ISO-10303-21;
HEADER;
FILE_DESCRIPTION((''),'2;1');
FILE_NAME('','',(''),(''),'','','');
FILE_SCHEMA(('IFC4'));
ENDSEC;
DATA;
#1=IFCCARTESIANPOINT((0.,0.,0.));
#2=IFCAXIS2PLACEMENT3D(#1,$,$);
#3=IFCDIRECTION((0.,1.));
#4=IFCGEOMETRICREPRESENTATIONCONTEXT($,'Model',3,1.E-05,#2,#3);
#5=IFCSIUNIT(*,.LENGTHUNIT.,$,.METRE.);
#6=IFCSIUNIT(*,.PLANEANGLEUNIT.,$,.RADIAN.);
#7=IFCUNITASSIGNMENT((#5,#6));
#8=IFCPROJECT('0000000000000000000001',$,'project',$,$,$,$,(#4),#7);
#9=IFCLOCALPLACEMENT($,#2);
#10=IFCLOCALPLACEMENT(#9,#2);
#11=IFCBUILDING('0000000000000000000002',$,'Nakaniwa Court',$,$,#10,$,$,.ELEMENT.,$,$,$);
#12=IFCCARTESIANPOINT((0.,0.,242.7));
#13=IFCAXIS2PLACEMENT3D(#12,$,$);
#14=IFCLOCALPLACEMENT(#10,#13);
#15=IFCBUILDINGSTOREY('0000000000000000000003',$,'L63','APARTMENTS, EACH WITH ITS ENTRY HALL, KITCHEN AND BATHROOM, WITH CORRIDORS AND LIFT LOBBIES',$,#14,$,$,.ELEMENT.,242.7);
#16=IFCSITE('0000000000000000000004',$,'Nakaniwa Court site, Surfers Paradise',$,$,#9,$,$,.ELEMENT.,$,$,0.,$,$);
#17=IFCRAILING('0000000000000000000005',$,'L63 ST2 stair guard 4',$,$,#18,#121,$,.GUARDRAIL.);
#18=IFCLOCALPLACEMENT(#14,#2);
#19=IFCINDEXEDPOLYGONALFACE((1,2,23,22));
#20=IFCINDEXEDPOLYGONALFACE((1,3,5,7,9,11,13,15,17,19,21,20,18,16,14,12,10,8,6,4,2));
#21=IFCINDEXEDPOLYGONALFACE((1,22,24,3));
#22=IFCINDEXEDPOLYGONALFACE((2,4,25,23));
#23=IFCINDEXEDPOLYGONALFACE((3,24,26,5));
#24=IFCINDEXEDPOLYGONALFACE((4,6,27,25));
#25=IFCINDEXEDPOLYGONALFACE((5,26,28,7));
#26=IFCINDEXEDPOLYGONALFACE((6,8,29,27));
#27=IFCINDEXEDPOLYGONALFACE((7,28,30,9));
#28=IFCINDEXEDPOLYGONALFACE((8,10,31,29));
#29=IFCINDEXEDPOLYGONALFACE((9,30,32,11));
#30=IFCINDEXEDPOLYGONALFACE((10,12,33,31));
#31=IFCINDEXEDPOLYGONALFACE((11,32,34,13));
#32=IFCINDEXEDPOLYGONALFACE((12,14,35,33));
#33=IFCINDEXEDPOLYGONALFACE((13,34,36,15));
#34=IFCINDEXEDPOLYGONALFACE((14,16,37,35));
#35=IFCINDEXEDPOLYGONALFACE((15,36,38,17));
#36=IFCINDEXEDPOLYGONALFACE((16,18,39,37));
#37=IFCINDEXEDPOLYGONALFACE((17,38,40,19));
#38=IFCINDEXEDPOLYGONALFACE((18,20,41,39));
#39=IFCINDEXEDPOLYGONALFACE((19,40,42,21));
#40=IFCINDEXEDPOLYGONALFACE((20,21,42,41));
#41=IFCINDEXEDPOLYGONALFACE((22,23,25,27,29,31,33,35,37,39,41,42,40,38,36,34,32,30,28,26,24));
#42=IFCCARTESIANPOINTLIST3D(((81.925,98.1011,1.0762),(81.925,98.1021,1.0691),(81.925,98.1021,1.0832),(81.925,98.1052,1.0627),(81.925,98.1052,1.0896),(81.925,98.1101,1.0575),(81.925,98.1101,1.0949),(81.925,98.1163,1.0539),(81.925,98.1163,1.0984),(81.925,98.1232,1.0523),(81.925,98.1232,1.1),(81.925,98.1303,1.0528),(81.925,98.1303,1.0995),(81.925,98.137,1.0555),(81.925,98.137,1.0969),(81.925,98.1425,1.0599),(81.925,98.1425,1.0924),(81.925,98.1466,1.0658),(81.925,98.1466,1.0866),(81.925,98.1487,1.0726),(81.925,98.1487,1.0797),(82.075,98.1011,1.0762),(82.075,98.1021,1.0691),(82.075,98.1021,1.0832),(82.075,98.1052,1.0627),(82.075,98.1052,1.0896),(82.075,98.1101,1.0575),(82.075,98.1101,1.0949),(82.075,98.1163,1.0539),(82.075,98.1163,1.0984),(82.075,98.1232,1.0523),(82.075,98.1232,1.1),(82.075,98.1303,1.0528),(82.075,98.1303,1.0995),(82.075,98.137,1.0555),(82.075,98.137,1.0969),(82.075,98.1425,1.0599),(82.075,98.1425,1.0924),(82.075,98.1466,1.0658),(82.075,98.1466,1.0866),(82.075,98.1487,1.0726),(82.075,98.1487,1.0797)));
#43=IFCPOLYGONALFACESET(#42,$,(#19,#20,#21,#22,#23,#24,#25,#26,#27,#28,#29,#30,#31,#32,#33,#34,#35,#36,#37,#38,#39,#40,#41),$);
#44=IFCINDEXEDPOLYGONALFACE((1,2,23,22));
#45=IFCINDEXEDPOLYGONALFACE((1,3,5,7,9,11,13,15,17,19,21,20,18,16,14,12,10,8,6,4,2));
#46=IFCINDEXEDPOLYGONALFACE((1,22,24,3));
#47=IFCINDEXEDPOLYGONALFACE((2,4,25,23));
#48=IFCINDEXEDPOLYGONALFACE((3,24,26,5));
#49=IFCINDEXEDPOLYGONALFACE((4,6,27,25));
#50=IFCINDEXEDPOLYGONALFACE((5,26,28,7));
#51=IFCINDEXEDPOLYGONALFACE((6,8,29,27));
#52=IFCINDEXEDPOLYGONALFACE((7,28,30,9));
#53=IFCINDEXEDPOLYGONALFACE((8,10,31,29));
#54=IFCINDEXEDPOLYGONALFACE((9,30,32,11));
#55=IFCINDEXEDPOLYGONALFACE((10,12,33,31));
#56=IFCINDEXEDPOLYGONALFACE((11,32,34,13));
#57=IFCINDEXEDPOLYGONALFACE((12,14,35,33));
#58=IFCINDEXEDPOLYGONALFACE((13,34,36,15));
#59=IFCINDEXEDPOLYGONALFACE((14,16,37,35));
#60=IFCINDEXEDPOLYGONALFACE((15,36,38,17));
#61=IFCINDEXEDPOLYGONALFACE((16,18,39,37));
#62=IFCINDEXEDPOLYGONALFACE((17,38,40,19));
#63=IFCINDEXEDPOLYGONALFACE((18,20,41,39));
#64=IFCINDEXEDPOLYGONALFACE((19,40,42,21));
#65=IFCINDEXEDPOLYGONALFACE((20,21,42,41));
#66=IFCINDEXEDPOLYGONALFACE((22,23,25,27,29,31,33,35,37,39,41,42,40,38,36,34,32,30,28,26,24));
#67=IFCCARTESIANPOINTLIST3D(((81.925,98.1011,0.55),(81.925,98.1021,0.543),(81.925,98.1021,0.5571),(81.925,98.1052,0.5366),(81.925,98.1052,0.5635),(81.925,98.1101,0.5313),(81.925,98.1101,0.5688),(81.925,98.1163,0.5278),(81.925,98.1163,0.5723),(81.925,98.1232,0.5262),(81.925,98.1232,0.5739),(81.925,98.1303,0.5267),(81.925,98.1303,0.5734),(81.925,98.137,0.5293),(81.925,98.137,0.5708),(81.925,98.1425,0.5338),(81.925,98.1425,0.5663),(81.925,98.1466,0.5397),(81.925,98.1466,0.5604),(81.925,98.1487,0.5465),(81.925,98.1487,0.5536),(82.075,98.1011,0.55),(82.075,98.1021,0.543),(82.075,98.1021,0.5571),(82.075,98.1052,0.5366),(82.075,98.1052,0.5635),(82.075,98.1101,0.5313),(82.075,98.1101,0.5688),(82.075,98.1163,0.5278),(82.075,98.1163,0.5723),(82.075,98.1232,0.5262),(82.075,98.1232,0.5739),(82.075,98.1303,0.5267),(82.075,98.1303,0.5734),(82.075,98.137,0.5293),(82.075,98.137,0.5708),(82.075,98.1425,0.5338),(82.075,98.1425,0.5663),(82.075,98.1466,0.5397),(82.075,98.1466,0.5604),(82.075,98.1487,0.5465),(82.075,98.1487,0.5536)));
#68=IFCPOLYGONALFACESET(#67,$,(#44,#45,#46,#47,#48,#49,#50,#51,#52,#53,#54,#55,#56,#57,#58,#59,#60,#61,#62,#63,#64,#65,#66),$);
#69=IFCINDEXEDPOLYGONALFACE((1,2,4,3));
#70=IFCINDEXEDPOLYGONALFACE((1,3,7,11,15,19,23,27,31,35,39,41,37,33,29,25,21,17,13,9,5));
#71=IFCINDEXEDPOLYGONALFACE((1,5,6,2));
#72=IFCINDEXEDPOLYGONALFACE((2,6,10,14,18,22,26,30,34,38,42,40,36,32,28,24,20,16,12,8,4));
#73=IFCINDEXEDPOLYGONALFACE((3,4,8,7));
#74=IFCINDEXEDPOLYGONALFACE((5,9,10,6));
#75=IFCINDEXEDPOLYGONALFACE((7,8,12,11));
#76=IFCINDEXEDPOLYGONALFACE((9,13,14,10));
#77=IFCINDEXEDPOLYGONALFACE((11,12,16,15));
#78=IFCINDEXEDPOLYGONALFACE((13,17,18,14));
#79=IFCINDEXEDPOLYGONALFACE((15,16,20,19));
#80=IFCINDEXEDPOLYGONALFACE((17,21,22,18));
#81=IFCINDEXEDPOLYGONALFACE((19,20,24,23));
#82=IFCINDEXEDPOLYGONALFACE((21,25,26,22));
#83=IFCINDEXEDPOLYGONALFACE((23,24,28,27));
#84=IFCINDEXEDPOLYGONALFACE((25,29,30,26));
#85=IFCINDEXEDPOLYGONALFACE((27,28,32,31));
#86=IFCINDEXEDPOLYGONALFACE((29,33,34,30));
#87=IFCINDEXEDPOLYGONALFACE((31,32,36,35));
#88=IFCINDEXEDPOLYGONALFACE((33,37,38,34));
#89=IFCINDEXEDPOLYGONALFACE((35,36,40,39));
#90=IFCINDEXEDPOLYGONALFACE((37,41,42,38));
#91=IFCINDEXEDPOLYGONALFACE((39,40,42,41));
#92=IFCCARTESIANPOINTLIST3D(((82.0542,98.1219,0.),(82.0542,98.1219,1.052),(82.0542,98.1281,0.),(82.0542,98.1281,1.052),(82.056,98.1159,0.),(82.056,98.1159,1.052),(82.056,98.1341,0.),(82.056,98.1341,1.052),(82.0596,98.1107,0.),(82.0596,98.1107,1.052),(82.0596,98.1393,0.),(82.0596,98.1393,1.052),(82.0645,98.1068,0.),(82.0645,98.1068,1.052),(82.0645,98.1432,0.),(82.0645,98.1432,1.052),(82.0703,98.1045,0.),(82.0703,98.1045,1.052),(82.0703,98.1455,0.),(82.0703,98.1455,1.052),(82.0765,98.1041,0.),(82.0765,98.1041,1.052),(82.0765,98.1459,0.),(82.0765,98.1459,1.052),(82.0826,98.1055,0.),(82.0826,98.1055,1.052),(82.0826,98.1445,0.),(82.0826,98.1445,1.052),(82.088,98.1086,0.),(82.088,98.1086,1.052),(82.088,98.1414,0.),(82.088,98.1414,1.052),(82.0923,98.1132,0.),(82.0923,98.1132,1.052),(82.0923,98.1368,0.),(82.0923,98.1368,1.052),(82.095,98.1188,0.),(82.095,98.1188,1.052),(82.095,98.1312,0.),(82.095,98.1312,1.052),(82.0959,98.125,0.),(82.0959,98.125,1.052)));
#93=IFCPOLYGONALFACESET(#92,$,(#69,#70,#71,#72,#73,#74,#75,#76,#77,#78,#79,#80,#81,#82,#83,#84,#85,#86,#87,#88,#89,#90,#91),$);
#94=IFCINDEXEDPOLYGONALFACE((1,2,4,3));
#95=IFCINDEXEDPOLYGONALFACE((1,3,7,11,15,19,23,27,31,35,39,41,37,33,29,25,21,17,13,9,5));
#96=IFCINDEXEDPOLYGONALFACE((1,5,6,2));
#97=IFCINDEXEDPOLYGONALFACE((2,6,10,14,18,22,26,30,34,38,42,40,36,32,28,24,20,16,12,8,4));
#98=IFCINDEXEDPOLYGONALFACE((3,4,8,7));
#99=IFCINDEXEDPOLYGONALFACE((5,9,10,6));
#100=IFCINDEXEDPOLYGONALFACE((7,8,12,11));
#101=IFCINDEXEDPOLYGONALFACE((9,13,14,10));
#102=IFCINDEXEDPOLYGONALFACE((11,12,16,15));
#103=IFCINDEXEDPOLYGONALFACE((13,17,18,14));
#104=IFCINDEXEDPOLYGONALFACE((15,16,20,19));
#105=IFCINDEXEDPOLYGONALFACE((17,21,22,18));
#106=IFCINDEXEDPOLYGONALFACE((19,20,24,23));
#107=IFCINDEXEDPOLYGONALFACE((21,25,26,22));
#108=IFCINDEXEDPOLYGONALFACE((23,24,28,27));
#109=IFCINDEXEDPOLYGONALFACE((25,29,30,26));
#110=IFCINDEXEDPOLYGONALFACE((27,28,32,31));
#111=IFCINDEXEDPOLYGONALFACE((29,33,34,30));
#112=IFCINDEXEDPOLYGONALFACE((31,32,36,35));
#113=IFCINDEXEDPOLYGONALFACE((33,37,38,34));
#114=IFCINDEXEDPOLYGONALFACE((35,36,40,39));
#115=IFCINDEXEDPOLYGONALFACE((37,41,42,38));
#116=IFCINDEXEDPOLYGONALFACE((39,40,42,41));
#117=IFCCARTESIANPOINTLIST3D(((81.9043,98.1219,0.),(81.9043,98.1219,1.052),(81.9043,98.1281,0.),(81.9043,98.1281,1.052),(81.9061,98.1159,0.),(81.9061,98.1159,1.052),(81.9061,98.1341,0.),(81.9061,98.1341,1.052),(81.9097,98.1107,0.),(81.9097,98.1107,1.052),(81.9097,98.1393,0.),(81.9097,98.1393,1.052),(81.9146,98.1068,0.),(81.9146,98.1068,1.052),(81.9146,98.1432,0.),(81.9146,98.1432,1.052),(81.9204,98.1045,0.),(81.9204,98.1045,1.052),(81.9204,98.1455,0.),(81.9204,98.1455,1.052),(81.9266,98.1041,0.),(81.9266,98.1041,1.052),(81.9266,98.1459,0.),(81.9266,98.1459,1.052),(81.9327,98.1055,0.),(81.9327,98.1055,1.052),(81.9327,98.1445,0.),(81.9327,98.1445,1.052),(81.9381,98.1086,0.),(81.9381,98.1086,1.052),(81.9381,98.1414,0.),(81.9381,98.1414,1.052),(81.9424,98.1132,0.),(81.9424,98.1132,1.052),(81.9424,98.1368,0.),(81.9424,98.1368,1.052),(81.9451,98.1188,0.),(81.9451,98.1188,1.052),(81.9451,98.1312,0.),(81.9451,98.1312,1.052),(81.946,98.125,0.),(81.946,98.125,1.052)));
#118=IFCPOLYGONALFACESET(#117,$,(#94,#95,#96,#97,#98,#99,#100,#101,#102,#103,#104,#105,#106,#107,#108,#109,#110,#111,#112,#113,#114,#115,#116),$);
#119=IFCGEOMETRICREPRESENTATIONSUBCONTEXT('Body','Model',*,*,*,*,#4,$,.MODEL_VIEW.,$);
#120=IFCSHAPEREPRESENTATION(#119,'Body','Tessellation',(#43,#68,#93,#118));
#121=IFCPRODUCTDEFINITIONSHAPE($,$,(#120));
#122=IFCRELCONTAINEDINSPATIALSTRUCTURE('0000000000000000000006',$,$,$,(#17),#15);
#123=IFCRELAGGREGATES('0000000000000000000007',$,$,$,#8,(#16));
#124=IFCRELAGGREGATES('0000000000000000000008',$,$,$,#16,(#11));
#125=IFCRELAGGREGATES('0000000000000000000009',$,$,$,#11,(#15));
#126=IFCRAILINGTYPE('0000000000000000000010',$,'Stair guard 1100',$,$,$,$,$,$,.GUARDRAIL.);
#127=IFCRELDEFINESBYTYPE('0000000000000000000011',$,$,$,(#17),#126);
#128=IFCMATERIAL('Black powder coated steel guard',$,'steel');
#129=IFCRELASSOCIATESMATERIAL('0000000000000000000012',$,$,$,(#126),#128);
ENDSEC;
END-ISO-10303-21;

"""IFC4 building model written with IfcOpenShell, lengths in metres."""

from ifc_helpers import new_model, si_unit, direction, frame, origin, origin_2d, place, context, subcontext, project, spatial, circle, extrude, material, type_object, element, save


model = new_model("IFC4")

# Units and contexts
model_context = context("Model", 3, precision=1e-05, world=origin(), true_north=direction((0.0, 1.0)))
body_context = subcontext(model_context, "Body", "Model", "MODEL_VIEW")
ifc_project = project(units=[si_unit("LENGTHUNIT", "METRE"), si_unit("PLANEANGLEUNIT", "RADIAN")], contexts=[model_context])

# Site, building, storey
site_placement = place(None, origin())
site = spatial("IfcSite", under=ifc_project, at=site_placement, Name="Nakaniwa Court site, Surfers Paradise", CompositionType="ELEMENT", RefElevation=0.0)
building_placement = place(site_placement, origin())
building = spatial("IfcBuilding", under=site, at=building_placement, Name="Nakaniwa Court", CompositionType="ELEMENT")
storey_placement = place(building_placement, frame((0.0, 0.0, 242.7)))
storey = spatial("IfcBuildingStorey", under=building, at=storey_placement, Name="L63", Description="APARTMENTS, EACH WITH ITS ENTRY HALL, KITCHEN AND BATHROOM, WITH CORRIDORS AND LIFT LOBBIES", CompositionType="ELEMENT", Elevation=242.7)

# Railing
ifc_material_1 = material(Name="Black powder coated steel guard", Category="steel")
railing_type_1 = type_object("IfcRailingType", Name="Stair guard 1100", PredefinedType="GUARDRAIL", material=ifc_material_1)
railing_1_placement = place(storey_placement, frame((82.075, 98.125, 0.0)))
element("IfcRailing", 1, at=railing_1_placement, inside=storey, type_object=railing_type_1, Name="L63 ST2 stair guard 4", PredefinedType="GUARDRAIL", context=body_context, shape_type="SweptSolid", body=[
    extrude(circle(Radius=0.0239, at=origin_2d()), frame((0.0, 0.0, 1.0762), z_axis=(-1.0, 0.0, 0.0), x_axis=(0.0, -1.0, 0.0)), (0.0, 0.0, 1.0), 0.1499),
    extrude(circle(Radius=0.0239, at=origin_2d()), frame((0.0, 0.0, 0.55), z_axis=(-1.0, 0.0, 0.0), x_axis=(0.0, -1.0, 0.0)), (0.0, 0.0, 1.0), 0.1499),
    extrude(circle(Radius=0.021, at=origin_2d()), origin(), (0.0, 0.0, 1.0), 1.052),
    extrude(circle(Radius=0.021, at=origin_2d()), frame((-0.1499, 0.0, 0.0)), (0.0, 0.0, 1.0), 1.052),
])

save(model, "model.ifc")
